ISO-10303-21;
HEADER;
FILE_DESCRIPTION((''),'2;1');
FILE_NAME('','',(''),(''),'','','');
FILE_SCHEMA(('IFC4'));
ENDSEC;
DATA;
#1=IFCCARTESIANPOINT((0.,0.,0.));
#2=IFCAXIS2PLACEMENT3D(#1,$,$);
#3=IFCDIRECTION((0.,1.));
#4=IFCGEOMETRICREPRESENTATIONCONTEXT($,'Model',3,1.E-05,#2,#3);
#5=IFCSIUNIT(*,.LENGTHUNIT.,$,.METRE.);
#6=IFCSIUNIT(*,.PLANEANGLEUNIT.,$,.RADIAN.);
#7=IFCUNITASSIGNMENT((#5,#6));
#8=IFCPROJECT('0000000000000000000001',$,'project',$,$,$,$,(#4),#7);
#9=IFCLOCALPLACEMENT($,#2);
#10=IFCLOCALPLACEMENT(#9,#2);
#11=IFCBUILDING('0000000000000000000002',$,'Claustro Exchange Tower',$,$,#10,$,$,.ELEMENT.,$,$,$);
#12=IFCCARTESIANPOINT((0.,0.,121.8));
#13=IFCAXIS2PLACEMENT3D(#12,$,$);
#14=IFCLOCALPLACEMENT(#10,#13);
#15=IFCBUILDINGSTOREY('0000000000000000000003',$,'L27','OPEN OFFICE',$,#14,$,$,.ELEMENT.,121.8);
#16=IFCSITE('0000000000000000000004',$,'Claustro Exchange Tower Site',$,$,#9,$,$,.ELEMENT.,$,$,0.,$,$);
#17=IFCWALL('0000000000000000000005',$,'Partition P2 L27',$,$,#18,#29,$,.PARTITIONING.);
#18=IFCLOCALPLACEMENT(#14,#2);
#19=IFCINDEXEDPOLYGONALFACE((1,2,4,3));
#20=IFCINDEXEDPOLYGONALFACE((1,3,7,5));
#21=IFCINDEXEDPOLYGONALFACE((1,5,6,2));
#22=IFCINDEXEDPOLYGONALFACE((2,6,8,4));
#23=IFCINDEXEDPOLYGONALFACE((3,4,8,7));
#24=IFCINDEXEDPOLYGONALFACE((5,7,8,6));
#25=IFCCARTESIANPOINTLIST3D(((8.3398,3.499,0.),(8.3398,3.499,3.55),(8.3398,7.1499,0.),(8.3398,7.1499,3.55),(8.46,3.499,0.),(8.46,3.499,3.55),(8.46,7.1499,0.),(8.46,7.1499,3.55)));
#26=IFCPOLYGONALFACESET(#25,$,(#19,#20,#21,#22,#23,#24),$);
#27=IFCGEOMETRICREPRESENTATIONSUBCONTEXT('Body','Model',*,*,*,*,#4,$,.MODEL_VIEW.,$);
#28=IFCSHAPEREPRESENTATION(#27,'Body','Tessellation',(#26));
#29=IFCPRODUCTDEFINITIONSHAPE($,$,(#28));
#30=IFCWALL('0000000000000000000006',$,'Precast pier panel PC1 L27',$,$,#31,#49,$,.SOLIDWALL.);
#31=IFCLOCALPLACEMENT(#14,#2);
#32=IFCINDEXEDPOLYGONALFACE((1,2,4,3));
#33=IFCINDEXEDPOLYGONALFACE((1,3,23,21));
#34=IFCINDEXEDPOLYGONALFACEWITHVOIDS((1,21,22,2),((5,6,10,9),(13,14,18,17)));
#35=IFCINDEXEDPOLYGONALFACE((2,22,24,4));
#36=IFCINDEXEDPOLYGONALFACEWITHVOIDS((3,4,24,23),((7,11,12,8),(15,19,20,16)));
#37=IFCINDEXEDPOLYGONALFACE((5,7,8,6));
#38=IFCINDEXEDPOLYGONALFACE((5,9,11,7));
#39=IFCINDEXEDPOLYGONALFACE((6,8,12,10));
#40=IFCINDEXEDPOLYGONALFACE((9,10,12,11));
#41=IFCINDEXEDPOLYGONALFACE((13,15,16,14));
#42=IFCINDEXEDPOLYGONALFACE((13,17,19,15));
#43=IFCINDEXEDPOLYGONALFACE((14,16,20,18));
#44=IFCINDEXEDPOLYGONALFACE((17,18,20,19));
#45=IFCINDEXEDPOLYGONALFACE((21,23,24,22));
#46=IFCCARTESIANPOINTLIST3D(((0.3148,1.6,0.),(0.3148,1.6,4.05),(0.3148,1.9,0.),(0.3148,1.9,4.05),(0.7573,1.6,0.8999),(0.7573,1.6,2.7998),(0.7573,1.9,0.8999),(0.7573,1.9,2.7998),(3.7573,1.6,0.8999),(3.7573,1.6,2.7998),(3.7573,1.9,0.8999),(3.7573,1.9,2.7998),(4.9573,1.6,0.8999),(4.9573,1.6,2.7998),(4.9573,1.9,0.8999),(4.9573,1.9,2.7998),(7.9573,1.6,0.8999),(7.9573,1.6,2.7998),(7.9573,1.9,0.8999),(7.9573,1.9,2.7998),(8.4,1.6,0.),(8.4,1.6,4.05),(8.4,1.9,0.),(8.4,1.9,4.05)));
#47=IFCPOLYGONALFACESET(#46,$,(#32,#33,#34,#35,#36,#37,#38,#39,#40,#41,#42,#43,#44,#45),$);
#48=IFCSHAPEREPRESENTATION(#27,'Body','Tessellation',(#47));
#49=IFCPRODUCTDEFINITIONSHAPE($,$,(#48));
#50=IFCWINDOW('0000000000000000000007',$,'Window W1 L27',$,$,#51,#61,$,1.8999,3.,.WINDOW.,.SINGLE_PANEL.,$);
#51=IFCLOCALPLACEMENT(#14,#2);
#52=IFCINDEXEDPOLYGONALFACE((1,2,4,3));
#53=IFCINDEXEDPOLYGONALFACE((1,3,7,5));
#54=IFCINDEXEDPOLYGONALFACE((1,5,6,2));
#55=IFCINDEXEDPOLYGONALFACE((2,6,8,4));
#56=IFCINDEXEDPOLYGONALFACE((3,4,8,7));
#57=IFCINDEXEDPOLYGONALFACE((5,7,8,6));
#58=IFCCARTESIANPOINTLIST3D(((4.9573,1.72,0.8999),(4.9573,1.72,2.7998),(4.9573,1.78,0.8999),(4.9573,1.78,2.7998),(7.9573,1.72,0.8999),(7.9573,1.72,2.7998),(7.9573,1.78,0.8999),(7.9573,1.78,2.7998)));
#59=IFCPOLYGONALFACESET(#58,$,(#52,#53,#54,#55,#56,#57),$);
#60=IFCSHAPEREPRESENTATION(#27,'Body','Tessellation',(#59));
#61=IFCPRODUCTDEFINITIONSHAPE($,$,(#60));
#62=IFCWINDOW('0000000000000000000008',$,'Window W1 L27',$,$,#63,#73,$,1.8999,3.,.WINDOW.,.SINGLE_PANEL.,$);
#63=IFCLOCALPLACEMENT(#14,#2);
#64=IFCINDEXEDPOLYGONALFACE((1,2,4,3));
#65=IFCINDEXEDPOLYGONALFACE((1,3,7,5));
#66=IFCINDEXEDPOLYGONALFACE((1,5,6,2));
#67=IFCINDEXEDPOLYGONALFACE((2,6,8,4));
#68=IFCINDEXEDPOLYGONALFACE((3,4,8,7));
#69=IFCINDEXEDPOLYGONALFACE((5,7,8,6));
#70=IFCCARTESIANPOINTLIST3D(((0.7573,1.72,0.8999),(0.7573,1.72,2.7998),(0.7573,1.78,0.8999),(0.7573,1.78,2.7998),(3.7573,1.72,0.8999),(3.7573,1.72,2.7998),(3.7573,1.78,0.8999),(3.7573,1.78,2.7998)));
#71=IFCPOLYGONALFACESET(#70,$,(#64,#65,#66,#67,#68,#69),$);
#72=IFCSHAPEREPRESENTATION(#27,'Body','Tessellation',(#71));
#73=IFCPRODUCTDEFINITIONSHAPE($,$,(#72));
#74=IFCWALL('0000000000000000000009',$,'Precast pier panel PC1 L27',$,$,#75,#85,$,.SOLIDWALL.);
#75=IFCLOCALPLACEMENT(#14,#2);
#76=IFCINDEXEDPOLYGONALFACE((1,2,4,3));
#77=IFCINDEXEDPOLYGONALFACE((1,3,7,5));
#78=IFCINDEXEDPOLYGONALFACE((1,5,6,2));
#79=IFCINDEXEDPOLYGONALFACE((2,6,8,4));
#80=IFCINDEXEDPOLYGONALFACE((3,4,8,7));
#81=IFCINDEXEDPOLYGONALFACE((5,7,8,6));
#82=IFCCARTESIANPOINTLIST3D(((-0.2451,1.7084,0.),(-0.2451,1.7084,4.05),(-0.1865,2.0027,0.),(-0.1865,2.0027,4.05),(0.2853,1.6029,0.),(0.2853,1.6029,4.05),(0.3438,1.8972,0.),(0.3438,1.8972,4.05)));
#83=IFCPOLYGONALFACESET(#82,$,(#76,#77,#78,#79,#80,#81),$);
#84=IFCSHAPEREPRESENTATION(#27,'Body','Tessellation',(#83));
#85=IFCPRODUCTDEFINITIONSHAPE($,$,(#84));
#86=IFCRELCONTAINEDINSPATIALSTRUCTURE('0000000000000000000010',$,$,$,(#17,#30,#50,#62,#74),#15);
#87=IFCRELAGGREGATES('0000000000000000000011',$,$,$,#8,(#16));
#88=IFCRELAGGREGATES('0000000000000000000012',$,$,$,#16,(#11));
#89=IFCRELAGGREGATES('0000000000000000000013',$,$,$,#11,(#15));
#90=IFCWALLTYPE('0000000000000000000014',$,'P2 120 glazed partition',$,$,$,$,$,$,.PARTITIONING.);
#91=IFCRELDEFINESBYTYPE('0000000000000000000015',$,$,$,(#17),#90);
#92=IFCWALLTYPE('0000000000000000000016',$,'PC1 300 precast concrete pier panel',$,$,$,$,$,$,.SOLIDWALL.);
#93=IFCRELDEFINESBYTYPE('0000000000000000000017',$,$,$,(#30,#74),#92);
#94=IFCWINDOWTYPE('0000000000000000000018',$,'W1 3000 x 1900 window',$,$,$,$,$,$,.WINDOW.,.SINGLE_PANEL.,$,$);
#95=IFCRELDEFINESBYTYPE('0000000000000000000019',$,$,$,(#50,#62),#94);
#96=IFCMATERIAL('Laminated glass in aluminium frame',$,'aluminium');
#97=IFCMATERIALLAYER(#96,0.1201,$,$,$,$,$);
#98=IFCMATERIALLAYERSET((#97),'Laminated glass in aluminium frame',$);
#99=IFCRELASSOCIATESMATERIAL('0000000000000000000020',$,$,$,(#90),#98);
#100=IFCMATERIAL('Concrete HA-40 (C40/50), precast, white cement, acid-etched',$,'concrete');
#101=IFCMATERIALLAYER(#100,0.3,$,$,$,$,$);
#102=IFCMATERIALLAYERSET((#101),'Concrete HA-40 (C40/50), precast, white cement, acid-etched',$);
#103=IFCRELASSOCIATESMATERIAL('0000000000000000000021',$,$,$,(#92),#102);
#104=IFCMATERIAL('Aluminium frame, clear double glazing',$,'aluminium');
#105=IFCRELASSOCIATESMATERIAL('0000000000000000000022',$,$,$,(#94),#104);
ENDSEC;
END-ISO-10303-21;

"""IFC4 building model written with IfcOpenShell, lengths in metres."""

from ifc_helpers import new_model, si_unit, direction, frame, frame_2d, origin, place, context, subcontext, project, spatial, rectangle, extrude, material, layer, layer_set, type_object, element, fill, save


model = new_model("IFC4")

# Units and contexts
model_context = context("Model", 3, precision=1e-05, world=origin(), true_north=direction((0.0, 1.0)))
body_context = subcontext(model_context, "Body", "Model", "MODEL_VIEW")
ifc_project = project(units=[si_unit("LENGTHUNIT", "METRE"), si_unit("PLANEANGLEUNIT", "RADIAN")], contexts=[model_context])

# Site, building, storey
site_placement = place(None, origin())
site = spatial("IfcSite", under=ifc_project, at=site_placement, Name="Claustro Exchange Tower Site", CompositionType="ELEMENT", RefElevation=0.0)
building_placement = place(site_placement, origin())
building = spatial("IfcBuilding", under=site, at=building_placement, Name="Claustro Exchange Tower", CompositionType="ELEMENT")
storey_placement = place(building_placement, frame((0.0, 0.0, 121.8)))
storey = spatial("IfcBuildingStorey", under=building, at=storey_placement, Name="L27", Description="OPEN OFFICE", CompositionType="ELEMENT", Elevation=121.8)

# Wall
ifc_material_1 = material(Name="Laminated glass in aluminium frame", Category="aluminium")
ifc_layer_1 = layer(ifc_material_1, 0.1201)
ifc_layer_set_1 = layer_set([ifc_layer_1], Name="Laminated glass in aluminium frame")
wall_type_1 = type_object("IfcWallType", Name="P2 120 glazed partition", PredefinedType="PARTITIONING", material=ifc_layer_set_1)
wall_1_placement = place(storey_placement, frame((8.3999, 3.499, 0.0), z_axis=(0.0, 0.0, 1.0), x_axis=(0.0, 1.0, 0.0)))
element("IfcWall", 1, at=wall_1_placement, inside=storey, type_object=wall_type_1, Name="Partition P2 L27", PredefinedType="PARTITIONING", context=body_context, shape_type="SweptSolid", body=[
    extrude(rectangle(XDim=3.6509, YDim=0.1201, at=frame_2d((1.8254, 0.0))), origin(), (0.0, 0.0, 1.0), 3.55),
])

# Wall, openings, windows
ifc_material_2 = material(Name="Concrete HA-40 (C40/50), precast, white cement, acid-etched", Category="concrete")
ifc_layer_2 = layer(ifc_material_2, 0.3)
ifc_layer_set_2 = layer_set([ifc_layer_2], Name="Concrete HA-40 (C40/50), precast, white cement, acid-etched")
wall_type_2 = type_object("IfcWallType", Name="PC1 300 precast concrete pier panel", PredefinedType="SOLIDWALL", material=ifc_layer_set_2)
wall_2_placement = place(storey_placement, frame((8.3999, 1.75, 0.0), z_axis=(0.0, 0.0, 1.0), x_axis=(-1.0, 0.0, 0.0)))
wall_2 = element("IfcWall", 2, at=wall_2_placement, inside=storey, type_object=wall_type_2, Name="Precast pier panel PC1 L27", PredefinedType="SOLIDWALL", context=body_context, shape_type="SweptSolid", body=[
    extrude(rectangle(XDim=8.0852, YDim=0.3, at=frame_2d((4.0425, 0.0))), origin(), (0.0, 0.0, 1.0), 4.05),
])
opening_1_placement = place(wall_2_placement, frame((0.4426, 0.0, 0.8999)))
opening_1 = element("IfcOpeningElement", 3, at=opening_1_placement, cuts=wall_2, PredefinedType="OPENING", context=body_context, shape_type="SweptSolid", body=[
    extrude(rectangle(XDim=3.0, YDim=1.8999, at=frame_2d((1.5, 0.95))), frame((0.0, 0.1599, 0.0), z_axis=(0.0, -1.0, 0.0), x_axis=(1.0, 0.0, 0.0)), (0.0, 0.0, 1.0), 0.3201),
])
opening_2_placement = place(wall_2_placement, frame((4.6426, 0.0, 0.8999)))
opening_2 = element("IfcOpeningElement", 4, at=opening_2_placement, cuts=wall_2, PredefinedType="OPENING", context=body_context, shape_type="SweptSolid", body=[
    extrude(rectangle(XDim=3.0, YDim=1.8999, at=frame_2d((1.5, 0.95))), frame((0.0, 0.1599, 0.0), z_axis=(0.0, -1.0, 0.0), x_axis=(1.0, 0.0, 0.0)), (0.0, 0.0, 1.0), 0.3201),
])
ifc_material_3 = material(Name="Aluminium frame, clear double glazing", Category="aluminium")
window_type = type_object("IfcWindowType", Name="W1 3000 x 1900 window", PartitioningType="SINGLE_PANEL", PredefinedType="WINDOW", material=ifc_material_3)
window_1_placement = place(opening_1_placement, origin())
window_1 = element("IfcWindow", 5, at=window_1_placement, inside=storey, type_object=window_type, Name="Window W1 L27", OverallHeight=1.8999, OverallWidth=3.0, PartitioningType="SINGLE_PANEL", PredefinedType="WINDOW", context=body_context, shape_type="SweptSolid", body=[
    extrude(rectangle(XDim=3.0, YDim=1.8999, at=frame_2d((1.5, 0.95))), frame((0.0, 0.03, 0.0), z_axis=(0.0, -1.0, 0.0), x_axis=(1.0, 0.0, 0.0)), (0.0, 0.0, 1.0), 0.0601),
])
fill(opening_1, window_1)
window_2_placement = place(opening_2_placement, origin())
window_2 = element("IfcWindow", 6, at=window_2_placement, inside=storey, type_object=window_type, Name="Window W1 L27", OverallHeight=1.8999, OverallWidth=3.0, PartitioningType="SINGLE_PANEL", PredefinedType="WINDOW", context=body_context, shape_type="SweptSolid", body=[
    extrude(rectangle(XDim=3.0, YDim=1.8999, at=frame_2d((1.5, 0.95))), frame((0.0, 0.03, 0.0), z_axis=(0.0, -1.0, 0.0), x_axis=(1.0, 0.0, 0.0)), (0.0, 0.0, 1.0), 0.0601),
])
fill(opening_2, window_2)

# Wall
wall_3_placement = place(storey_placement, frame((0.3147, 1.75, 0.0), z_axis=(0.0, 0.0, 1.0), x_axis=(-0.980789, 0.195074, 0.0)))
element("IfcWall", 7, at=wall_3_placement, inside=storey, type_object=wall_type_2, Name="Precast pier panel PC1 L27", PredefinedType="SOLIDWALL", context=body_context, shape_type="SweptSolid", body=[
    extrude(rectangle(XDim=0.5408, YDim=0.3, at=frame_2d((0.2705, 0.0))), origin(), (0.0, 0.0, 1.0), 4.05),
])

save(model, "model.ifc")
